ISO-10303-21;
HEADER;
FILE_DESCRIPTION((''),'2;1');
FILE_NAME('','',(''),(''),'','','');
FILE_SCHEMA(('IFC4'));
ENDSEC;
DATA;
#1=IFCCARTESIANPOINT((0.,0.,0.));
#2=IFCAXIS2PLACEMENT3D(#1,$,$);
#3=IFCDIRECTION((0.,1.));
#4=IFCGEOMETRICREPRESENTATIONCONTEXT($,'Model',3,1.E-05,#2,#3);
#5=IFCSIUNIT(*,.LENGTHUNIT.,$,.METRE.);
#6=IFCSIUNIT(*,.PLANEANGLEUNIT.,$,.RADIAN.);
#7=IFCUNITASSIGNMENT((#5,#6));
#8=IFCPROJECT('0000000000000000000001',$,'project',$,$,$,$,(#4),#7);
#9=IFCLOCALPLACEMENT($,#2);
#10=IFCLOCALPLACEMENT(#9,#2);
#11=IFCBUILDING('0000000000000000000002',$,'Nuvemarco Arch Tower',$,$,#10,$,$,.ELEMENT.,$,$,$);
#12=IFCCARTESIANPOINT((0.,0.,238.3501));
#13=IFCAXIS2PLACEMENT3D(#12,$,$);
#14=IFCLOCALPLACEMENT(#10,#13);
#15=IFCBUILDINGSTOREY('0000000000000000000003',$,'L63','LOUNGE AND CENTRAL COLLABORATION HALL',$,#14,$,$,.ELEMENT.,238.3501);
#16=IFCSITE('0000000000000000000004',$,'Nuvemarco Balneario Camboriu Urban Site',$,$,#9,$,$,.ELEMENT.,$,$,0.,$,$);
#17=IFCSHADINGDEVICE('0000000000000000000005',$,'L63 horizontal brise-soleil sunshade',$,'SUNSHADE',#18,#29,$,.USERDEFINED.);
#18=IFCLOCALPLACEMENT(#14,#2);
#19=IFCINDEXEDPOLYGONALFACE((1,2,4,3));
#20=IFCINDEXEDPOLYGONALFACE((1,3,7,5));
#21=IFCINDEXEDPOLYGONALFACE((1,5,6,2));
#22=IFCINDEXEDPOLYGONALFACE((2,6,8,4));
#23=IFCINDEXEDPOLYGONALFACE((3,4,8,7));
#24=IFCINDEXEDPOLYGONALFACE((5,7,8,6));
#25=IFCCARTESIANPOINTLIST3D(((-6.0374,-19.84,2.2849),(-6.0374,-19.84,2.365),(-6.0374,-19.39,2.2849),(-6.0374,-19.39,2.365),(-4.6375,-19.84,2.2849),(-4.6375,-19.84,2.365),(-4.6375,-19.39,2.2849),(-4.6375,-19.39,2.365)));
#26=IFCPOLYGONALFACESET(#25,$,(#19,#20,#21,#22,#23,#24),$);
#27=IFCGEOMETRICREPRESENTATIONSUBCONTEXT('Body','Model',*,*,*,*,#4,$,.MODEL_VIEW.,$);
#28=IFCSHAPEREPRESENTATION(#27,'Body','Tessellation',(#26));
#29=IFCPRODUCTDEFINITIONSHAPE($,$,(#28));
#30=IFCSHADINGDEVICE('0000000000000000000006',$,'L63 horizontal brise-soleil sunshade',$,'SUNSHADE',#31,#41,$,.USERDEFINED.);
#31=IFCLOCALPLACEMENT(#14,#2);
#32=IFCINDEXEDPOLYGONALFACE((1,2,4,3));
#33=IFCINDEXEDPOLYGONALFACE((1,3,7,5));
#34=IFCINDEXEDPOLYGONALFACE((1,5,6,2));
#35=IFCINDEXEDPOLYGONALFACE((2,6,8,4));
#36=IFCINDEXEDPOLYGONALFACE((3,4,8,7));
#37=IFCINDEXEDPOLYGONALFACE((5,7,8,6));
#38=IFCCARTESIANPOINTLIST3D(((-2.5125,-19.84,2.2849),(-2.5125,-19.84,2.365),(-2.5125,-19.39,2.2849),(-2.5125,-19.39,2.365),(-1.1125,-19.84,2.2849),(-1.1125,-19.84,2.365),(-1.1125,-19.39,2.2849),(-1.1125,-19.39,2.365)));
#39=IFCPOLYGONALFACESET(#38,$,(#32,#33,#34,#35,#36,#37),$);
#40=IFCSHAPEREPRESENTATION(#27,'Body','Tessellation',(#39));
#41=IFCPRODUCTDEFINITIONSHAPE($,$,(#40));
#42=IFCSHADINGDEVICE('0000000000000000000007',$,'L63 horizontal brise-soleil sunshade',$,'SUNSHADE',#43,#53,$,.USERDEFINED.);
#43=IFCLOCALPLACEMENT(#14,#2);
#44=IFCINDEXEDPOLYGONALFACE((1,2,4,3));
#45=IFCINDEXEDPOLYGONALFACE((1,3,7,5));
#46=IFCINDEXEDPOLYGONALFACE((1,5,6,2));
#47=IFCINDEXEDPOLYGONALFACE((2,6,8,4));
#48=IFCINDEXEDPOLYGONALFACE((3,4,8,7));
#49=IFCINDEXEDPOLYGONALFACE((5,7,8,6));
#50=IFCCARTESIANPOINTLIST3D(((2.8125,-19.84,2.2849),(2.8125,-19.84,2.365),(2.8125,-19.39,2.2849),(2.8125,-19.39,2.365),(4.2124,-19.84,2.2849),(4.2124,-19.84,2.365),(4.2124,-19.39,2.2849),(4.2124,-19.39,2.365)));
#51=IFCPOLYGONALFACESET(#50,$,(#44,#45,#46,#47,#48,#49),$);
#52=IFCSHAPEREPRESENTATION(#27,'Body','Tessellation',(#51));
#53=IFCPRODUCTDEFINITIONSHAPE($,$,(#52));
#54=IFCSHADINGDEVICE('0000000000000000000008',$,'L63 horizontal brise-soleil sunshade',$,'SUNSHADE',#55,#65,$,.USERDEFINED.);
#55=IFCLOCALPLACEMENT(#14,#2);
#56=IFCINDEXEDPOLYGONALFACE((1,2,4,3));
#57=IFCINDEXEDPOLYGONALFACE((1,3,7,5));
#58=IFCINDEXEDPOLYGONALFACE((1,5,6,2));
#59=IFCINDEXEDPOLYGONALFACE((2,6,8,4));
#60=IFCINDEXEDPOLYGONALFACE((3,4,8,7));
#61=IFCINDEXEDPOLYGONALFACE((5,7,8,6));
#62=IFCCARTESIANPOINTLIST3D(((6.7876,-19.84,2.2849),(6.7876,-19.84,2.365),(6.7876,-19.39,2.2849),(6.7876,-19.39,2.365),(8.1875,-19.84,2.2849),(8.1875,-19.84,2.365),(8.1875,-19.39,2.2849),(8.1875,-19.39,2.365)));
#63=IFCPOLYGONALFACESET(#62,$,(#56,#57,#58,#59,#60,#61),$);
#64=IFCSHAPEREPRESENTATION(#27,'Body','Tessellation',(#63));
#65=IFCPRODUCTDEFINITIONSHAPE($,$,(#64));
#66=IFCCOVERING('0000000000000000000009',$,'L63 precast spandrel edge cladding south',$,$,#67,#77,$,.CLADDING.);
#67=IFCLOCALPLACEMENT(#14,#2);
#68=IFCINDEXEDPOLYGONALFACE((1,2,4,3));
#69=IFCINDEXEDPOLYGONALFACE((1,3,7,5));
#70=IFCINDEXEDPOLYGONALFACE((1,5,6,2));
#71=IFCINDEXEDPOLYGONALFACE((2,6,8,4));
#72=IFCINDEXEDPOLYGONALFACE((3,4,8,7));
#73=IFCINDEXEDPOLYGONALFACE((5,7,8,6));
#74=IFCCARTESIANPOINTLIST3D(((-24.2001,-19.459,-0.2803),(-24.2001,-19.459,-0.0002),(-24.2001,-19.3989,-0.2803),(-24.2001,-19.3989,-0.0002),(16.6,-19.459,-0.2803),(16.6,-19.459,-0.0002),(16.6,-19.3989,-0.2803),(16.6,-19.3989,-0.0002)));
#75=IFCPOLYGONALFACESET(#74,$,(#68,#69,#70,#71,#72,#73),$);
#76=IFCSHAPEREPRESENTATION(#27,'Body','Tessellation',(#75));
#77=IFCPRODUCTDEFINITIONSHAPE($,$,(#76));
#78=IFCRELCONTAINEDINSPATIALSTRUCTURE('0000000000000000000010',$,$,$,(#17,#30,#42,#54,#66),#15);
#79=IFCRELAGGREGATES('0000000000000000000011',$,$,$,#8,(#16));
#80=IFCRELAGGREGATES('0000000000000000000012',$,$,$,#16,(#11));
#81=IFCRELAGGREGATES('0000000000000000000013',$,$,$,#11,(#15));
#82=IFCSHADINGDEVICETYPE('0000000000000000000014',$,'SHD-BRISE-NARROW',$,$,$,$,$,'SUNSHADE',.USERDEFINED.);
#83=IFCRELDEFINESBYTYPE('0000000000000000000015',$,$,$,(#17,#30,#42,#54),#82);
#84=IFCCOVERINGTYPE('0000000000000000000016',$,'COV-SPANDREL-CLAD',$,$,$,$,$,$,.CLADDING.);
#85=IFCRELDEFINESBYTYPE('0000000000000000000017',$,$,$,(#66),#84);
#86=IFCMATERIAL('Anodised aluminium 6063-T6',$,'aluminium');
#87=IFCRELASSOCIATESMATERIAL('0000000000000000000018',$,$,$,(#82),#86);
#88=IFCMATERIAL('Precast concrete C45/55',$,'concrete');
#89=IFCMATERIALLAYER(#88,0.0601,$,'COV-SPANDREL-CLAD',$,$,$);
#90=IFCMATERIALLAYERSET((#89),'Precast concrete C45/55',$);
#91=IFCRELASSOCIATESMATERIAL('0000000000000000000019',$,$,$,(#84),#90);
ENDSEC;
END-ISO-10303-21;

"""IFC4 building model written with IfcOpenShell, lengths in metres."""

from ifc_helpers import new_model, si_unit, direction, frame, origin, origin_2d, place, context, subcontext, project, spatial, rectangle, extrude, source, transform, mapped, material, layer, layer_set, type_object, type_shapes, element, save


model = new_model("IFC4")

# Units and contexts
model_context = context("Model", 3, precision=1e-05, world=origin(), true_north=direction((0.0, 1.0)))
body_context = subcontext(model_context, "Body", "Model", "MODEL_VIEW")
ifc_project = project(units=[si_unit("LENGTHUNIT", "METRE"), si_unit("PLANEANGLEUNIT", "RADIAN")], contexts=[model_context])

# Site, building, storey
site_placement = place(None, origin())
site = spatial("IfcSite", under=ifc_project, at=site_placement, Name="Nuvemarco Balneario Camboriu Urban Site", CompositionType="ELEMENT", RefElevation=0.0)
building_placement = place(site_placement, origin())
building = spatial("IfcBuilding", under=site, at=building_placement, Name="Nuvemarco Arch Tower", CompositionType="ELEMENT")
storey_placement = place(building_placement, frame((0.0, 0.0, 238.3501)))
storey = spatial("IfcBuildingStorey", under=building, at=storey_placement, Name="L63", Description="LOUNGE AND CENTRAL COLLABORATION HALL", CompositionType="ELEMENT", Elevation=238.3501)

# Shared definitions
ifc_material_1 = material(Name="Precast concrete C45/55", Category="concrete")

# Shading devices
ifc_material_2 = material(Name="Anodised aluminium 6063-T6", Category="aluminium")
shading_device_type = type_object("IfcShadingDeviceType", Name="SHD-BRISE-NARROW", ElementType="SUNSHADE", PredefinedType="USERDEFINED", material=ifc_material_2)
shared_shape_1 = source(origin(), body_context, "Body", "SweptSolid", [
    extrude(rectangle(XDim=1.3999, YDim=0.45, at=origin_2d()), origin(), (0.0, 0.0, 1.0), 0.0801),
])
type_shapes(shading_device_type, [shared_shape_1])
for number, where, z_axis, x_axis, name in (
    (1, (-5.3374, -19.615, 2.2849), (0.0, 0.0, 1.0), (1.0, 0.0, 0.0), "L63 horizontal brise-soleil sunshade"),
    (2, (-1.8125, -19.615, 2.2849), (0.0, 0.0, 1.0), (1.0, 0.0, 0.0), "L63 horizontal brise-soleil sunshade"),
    (3, (3.5125, -19.615, 2.2849), (0.0, 0.0, 1.0), (1.0, 0.0, 0.0), "L63 horizontal brise-soleil sunshade"),
    (4, (7.4875, -19.615, 2.2849), (0.0, 0.0, 1.0), (1.0, 0.0, 0.0), "L63 horizontal brise-soleil sunshade"),
):
    element("IfcShadingDevice", number, at=place(storey_placement, frame(where, z_axis=z_axis, x_axis=x_axis)), inside=storey, type_object=shading_device_type, Name=name, ObjectType="SUNSHADE", PredefinedType="USERDEFINED", context=body_context, shape_type="MappedRepresentation", body=[
        mapped(shared_shape_1, transform((0.0, 0.0, 0.0), scale=1.0)),
    ])

# Covering
ifc_layer_1 = layer(ifc_material_1, 0.0601, Name="COV-SPANDREL-CLAD")
ifc_layer_set_1 = layer_set([ifc_layer_1], Name="Precast concrete C45/55")
covering_type = type_object("IfcCoveringType", Name="COV-SPANDREL-CLAD", PredefinedType="CLADDING", material=ifc_layer_set_1)
shared_shape_2 = source(origin(), body_context, "Body", "SweptSolid", [
    extrude(rectangle(XDim=40.8, YDim=0.0601, at=origin_2d()), origin(), (0.0, 0.0, 1.0), 0.28),
])
type_shapes(covering_type, [shared_shape_2])
covering_placement = place(storey_placement, frame((-3.8, -19.429, -0.2803), z_axis=(0.0, 0.0, 1.0), x_axis=(1.0, 0.0, 0.0)))
element("IfcCovering", 5, at=covering_placement, inside=storey, type_object=covering_type, Name="L63 precast spandrel edge cladding south", PredefinedType="CLADDING", context=body_context, shape_type="MappedRepresentation", body=[
    mapped(shared_shape_2, transform((0.0, 0.0, 0.0), scale=1.0)),
])

save(model, "model.ifc")
